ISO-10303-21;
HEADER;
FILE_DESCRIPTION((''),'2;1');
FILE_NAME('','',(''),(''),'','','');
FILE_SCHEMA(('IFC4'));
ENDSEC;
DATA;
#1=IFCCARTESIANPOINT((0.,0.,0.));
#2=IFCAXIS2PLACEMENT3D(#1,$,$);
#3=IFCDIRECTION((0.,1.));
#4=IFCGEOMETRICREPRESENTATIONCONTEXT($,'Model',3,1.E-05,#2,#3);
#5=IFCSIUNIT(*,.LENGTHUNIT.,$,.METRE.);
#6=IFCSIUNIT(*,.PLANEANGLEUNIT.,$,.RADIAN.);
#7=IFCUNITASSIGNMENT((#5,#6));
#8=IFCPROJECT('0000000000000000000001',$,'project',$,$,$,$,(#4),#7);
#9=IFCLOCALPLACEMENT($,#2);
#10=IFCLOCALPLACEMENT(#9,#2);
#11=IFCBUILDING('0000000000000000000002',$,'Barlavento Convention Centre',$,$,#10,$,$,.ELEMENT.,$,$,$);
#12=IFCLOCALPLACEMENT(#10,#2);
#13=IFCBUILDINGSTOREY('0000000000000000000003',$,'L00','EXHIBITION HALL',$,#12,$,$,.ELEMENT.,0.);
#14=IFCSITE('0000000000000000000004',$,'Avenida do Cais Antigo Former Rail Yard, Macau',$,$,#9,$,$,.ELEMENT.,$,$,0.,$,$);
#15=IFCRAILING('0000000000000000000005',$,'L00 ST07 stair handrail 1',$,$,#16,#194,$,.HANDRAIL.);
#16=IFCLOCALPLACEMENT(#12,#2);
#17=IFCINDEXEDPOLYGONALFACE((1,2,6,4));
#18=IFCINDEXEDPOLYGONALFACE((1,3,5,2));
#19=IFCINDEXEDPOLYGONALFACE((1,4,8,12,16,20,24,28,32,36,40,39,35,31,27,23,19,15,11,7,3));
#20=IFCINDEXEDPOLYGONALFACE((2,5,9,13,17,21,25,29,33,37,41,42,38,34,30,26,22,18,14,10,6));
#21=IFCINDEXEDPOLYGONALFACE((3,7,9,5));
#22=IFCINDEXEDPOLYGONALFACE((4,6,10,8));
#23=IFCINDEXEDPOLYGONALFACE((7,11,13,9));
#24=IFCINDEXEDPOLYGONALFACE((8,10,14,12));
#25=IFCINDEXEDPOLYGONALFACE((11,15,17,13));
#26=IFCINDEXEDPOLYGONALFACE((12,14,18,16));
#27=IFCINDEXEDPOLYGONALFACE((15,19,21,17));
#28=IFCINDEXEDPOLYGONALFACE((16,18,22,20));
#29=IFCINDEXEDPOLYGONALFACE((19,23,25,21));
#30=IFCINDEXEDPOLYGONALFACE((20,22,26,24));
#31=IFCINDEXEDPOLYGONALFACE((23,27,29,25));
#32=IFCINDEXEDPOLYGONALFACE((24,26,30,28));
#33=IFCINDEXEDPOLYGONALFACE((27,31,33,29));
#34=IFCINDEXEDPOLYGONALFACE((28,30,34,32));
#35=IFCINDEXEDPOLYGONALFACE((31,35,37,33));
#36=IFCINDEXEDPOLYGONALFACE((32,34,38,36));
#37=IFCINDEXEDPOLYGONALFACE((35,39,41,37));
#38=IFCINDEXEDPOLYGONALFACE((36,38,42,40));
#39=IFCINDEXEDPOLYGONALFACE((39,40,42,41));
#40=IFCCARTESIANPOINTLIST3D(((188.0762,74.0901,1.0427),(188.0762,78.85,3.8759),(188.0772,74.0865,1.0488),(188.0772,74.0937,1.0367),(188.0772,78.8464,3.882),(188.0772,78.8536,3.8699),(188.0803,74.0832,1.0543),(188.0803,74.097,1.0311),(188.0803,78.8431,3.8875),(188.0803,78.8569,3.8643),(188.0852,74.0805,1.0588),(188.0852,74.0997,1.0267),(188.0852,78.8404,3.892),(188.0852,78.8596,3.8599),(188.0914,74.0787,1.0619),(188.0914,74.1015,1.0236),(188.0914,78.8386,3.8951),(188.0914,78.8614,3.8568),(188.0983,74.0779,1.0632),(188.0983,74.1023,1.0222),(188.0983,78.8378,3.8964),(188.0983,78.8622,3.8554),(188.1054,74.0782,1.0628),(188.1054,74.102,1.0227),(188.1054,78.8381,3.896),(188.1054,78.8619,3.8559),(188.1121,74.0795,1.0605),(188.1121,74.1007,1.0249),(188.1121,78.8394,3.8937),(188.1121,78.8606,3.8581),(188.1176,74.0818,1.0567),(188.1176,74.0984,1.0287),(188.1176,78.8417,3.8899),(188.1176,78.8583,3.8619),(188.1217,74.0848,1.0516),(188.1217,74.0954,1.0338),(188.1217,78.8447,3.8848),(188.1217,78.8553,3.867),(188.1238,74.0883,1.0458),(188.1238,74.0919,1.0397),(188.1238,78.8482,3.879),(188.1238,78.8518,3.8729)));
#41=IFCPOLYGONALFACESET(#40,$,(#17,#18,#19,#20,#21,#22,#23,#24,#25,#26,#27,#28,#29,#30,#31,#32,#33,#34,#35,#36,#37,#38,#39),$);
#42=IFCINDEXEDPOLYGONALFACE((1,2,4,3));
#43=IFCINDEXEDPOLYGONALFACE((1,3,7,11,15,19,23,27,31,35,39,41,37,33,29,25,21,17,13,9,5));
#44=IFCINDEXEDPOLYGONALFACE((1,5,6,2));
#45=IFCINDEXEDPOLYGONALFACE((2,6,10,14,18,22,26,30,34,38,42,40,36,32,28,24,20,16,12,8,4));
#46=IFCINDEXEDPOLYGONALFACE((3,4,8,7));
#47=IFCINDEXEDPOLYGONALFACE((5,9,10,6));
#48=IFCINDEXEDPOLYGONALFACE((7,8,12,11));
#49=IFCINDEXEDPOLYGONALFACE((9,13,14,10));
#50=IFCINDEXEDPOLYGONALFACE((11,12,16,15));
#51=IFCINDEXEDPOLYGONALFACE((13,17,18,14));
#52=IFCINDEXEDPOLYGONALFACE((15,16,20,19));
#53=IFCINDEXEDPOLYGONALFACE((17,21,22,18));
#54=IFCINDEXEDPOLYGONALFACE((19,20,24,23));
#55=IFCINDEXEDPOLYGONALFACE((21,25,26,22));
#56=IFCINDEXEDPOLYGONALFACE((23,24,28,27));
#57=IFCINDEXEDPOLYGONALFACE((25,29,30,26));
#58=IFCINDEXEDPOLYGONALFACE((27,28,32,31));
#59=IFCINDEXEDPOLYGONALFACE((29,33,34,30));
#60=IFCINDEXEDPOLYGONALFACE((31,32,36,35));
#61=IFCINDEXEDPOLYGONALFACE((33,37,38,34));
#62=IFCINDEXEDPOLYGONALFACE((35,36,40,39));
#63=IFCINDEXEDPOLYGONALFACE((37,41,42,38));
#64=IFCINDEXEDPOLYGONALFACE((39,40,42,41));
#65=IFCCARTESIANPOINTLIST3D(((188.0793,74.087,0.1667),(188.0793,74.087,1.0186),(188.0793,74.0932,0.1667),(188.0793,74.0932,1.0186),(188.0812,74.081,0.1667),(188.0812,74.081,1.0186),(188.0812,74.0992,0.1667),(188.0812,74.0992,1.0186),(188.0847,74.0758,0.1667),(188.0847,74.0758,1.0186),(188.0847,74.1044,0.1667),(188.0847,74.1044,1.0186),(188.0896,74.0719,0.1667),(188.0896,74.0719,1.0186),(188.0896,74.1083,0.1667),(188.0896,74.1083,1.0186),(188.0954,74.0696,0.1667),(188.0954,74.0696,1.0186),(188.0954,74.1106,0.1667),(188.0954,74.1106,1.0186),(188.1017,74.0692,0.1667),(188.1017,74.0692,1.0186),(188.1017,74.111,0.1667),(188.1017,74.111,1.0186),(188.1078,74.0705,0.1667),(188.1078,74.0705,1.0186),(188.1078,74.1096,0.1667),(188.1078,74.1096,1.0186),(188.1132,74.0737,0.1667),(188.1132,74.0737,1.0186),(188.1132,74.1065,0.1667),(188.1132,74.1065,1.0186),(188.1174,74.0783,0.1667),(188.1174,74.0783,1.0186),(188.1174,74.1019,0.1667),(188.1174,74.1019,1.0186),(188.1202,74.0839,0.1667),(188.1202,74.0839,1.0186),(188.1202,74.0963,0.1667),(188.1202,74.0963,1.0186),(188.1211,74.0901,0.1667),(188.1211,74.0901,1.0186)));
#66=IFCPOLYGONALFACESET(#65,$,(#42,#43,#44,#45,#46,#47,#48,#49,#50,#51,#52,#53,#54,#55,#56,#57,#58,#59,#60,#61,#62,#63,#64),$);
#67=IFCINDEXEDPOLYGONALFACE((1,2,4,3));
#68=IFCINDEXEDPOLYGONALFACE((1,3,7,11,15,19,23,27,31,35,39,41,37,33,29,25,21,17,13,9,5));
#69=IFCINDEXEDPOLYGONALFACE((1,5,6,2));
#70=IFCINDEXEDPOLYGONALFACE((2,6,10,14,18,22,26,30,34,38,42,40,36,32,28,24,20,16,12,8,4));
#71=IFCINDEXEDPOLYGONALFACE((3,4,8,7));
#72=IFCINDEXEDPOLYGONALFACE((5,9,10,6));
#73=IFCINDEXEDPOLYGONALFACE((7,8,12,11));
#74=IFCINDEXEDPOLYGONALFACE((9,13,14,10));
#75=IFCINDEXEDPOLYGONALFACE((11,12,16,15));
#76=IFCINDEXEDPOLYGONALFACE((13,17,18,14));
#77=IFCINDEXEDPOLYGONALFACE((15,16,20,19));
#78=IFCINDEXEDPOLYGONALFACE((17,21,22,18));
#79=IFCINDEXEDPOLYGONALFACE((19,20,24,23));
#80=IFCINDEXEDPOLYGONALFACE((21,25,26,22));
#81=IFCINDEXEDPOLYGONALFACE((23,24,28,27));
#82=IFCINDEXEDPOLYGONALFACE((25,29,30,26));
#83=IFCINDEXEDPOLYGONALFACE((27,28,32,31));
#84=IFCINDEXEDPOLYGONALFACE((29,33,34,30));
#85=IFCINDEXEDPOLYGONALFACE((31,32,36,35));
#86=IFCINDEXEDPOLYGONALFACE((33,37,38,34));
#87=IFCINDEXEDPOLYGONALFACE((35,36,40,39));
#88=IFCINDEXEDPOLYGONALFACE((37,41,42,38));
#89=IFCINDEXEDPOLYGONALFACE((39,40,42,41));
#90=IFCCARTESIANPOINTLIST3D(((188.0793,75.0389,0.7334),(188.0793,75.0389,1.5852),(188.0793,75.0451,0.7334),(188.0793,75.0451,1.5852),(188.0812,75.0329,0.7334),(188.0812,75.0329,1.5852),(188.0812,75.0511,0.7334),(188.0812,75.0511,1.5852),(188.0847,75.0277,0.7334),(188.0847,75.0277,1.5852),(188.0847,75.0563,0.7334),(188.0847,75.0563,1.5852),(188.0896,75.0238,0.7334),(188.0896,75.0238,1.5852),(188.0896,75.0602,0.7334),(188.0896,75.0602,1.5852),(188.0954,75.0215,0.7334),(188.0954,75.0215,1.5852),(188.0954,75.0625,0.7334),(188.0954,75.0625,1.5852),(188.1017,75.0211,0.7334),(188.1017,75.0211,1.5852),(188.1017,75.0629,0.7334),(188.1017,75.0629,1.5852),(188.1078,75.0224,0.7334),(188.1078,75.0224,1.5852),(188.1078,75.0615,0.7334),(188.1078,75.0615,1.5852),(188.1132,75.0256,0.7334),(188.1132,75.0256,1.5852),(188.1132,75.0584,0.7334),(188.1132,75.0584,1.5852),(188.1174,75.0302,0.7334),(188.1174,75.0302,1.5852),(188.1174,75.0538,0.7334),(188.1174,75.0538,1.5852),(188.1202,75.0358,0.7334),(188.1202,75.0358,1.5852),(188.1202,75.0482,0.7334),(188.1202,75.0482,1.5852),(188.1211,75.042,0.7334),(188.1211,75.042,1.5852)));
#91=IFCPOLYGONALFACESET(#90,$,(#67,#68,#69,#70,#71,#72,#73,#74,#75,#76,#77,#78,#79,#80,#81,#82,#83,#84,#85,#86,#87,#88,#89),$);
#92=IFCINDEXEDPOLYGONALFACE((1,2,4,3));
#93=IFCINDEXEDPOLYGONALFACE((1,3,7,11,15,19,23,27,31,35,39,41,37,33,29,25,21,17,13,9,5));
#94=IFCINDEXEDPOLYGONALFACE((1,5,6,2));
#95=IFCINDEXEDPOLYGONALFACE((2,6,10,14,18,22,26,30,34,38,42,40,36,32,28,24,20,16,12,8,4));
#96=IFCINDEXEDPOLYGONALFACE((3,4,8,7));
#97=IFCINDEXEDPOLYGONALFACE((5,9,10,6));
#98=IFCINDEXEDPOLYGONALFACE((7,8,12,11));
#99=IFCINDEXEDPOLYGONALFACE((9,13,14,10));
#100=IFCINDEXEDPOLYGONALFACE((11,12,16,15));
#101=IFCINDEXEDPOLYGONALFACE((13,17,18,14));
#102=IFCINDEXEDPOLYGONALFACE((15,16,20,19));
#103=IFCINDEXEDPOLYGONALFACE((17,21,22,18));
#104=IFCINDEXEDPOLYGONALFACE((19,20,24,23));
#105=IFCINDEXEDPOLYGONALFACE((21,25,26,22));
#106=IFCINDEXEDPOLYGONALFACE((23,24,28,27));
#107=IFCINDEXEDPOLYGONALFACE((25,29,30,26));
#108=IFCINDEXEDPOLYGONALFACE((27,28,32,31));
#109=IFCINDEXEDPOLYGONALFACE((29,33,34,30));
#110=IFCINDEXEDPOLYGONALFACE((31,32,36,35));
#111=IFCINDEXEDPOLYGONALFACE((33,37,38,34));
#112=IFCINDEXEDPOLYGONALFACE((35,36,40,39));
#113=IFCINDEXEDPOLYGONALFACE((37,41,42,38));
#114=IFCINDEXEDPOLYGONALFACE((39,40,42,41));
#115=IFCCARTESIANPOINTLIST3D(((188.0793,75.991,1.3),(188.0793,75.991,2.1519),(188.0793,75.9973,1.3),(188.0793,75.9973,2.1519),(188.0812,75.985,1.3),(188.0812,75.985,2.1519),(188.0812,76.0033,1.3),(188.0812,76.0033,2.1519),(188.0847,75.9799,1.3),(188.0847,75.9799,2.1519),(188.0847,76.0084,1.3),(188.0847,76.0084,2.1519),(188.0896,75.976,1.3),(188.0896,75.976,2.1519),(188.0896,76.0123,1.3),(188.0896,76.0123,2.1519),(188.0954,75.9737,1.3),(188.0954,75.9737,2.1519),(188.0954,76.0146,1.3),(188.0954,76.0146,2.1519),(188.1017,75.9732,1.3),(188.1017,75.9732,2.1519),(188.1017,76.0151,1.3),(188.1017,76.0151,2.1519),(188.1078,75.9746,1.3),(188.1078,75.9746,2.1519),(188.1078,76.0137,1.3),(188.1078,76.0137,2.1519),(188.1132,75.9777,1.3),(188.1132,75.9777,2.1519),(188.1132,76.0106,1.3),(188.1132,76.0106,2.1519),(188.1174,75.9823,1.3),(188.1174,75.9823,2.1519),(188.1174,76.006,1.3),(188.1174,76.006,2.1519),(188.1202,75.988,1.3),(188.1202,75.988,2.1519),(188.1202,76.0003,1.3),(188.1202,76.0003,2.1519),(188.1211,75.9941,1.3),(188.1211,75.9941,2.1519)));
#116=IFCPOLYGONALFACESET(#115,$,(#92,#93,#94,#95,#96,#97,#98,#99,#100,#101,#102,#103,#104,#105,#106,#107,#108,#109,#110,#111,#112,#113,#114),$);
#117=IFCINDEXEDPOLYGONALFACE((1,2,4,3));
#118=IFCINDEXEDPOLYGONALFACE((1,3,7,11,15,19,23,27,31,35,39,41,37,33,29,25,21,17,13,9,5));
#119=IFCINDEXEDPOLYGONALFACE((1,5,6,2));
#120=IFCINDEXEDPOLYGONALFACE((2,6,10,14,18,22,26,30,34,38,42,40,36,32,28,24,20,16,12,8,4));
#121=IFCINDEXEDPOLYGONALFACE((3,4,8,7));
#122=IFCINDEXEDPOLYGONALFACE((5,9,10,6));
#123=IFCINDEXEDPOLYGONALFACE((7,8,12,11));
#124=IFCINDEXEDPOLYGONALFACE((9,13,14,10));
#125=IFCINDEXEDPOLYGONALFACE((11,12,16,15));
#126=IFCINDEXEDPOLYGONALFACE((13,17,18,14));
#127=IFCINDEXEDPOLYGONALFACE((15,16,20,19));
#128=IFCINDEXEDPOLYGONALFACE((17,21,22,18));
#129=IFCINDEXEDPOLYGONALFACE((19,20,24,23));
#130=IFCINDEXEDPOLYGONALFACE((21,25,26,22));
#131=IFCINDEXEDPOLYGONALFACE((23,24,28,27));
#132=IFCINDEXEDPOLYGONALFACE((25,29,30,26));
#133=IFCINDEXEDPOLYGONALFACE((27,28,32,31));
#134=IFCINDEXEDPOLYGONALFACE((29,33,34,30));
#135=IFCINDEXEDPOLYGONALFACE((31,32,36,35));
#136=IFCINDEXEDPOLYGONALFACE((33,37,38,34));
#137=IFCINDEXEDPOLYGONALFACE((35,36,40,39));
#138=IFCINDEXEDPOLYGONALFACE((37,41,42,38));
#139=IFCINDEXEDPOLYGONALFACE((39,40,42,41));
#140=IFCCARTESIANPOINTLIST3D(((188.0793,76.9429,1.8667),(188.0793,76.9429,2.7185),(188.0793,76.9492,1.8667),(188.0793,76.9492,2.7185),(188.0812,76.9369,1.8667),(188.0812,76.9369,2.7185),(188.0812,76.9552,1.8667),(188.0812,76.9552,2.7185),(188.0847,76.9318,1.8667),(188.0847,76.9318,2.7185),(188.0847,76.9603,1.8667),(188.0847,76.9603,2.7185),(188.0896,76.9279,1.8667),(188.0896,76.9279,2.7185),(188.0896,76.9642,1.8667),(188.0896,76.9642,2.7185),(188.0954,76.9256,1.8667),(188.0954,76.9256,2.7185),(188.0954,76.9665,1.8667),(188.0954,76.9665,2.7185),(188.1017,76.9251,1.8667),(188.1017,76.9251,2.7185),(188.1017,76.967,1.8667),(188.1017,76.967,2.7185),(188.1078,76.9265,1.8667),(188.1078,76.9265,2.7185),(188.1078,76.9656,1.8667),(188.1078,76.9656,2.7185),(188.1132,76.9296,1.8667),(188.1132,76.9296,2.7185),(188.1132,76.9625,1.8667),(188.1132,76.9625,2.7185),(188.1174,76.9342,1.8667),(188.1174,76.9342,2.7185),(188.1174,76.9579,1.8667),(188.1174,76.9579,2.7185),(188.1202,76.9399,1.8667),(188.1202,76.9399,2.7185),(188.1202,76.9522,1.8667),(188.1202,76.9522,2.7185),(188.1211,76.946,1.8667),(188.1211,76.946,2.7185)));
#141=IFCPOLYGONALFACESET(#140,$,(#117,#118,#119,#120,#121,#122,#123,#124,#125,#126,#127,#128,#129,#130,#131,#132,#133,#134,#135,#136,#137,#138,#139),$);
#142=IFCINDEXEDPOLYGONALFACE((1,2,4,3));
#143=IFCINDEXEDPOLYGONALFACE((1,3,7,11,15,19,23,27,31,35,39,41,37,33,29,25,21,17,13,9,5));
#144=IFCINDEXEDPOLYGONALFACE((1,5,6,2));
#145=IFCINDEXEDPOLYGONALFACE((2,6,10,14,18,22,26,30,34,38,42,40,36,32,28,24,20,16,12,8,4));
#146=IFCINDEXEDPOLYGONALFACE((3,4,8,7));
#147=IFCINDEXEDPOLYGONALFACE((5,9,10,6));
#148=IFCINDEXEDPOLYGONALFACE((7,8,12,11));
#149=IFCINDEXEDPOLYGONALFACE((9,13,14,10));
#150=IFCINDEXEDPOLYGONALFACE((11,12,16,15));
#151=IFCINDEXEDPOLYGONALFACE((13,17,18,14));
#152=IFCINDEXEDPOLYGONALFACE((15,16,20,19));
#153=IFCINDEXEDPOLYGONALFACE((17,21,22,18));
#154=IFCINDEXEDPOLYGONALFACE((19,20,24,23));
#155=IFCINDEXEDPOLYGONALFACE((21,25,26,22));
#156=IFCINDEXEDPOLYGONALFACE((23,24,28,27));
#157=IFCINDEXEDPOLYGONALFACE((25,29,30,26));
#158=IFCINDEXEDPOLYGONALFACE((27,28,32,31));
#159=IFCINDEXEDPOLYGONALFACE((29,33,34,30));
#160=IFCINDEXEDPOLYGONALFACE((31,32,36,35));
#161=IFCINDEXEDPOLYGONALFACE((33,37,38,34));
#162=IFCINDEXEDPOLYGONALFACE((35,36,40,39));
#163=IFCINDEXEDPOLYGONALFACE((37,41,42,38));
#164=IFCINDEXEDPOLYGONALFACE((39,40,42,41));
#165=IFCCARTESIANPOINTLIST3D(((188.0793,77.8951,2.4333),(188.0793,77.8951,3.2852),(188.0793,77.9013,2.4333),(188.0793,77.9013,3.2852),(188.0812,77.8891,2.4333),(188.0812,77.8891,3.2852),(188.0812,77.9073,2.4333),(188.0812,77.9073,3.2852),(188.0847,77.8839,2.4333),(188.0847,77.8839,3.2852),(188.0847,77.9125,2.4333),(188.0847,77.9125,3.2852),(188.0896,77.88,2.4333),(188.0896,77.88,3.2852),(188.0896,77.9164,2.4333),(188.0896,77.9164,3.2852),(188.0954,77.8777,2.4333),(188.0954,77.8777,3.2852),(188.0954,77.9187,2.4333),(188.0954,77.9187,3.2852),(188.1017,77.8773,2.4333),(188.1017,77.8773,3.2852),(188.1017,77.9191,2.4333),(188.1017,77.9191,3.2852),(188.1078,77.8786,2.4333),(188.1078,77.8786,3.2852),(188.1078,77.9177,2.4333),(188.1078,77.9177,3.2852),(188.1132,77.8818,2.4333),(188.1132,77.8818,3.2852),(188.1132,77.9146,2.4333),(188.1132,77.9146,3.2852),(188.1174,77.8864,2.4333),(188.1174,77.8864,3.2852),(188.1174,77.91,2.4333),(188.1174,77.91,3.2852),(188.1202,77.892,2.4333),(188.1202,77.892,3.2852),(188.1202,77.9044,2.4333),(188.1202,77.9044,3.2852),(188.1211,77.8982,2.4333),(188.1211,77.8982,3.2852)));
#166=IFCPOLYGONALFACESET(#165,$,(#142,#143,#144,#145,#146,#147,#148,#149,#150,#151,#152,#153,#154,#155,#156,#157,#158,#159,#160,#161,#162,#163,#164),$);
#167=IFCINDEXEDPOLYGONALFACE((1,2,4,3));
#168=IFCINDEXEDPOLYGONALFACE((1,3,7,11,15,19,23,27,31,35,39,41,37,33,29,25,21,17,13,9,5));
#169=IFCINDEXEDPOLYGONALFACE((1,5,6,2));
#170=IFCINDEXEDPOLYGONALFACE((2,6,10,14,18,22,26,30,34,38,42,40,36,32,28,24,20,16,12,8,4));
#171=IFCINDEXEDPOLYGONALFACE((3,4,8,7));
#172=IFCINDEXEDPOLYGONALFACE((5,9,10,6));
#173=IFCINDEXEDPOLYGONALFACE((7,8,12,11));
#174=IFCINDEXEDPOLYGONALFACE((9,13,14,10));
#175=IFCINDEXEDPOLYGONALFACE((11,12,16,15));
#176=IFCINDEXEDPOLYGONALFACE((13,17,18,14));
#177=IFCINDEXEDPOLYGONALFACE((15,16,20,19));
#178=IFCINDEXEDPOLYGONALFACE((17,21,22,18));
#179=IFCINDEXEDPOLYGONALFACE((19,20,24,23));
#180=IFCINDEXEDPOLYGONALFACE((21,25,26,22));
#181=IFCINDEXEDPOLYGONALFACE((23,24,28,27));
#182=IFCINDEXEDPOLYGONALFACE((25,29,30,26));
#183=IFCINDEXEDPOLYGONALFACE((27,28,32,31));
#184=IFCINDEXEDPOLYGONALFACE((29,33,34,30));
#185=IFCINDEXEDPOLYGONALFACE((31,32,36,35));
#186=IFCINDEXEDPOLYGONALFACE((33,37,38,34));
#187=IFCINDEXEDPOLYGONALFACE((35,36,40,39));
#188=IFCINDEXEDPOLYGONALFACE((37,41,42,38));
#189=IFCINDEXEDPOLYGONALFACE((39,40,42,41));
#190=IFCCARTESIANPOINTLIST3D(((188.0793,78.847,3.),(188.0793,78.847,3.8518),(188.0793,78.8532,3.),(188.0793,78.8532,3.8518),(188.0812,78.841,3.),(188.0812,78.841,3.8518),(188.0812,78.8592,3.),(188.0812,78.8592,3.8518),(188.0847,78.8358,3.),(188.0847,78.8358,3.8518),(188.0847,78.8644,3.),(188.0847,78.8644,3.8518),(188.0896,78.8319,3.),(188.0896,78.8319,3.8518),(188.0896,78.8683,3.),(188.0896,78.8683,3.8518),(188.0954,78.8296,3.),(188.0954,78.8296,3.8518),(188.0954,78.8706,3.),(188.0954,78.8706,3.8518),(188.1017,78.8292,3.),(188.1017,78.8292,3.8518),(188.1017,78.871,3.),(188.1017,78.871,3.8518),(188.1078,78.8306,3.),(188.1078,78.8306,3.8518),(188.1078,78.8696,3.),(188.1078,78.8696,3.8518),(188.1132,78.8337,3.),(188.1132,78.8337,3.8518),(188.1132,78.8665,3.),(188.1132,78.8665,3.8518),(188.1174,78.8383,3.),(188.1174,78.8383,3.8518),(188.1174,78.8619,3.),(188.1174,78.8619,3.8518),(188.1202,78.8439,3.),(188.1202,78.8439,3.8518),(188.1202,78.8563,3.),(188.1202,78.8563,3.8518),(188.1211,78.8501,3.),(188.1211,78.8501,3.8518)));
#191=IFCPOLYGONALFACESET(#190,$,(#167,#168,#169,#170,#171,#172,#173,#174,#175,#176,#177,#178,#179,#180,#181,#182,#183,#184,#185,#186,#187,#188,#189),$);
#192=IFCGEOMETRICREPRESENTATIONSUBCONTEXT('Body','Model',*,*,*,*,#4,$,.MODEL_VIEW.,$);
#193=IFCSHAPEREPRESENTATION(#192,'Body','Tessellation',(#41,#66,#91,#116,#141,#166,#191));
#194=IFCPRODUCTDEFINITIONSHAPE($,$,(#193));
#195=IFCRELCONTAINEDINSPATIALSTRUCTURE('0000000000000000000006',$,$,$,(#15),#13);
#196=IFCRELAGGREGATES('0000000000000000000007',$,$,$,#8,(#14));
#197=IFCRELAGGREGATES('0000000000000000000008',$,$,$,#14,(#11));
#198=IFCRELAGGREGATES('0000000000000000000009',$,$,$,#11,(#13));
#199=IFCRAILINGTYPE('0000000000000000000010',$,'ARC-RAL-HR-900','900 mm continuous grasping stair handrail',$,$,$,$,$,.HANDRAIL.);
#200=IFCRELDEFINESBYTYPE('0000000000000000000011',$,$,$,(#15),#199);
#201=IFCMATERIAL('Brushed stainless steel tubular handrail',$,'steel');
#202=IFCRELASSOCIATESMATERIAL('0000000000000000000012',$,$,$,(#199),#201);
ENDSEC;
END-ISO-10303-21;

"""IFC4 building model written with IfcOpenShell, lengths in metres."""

from ifc_helpers import new_model, si_unit, direction, frame, origin, origin_2d, place, context, subcontext, project, spatial, circle, extrude, material, type_object, element, save


model = new_model("IFC4")

# Units and contexts
model_context = context("Model", 3, precision=1e-05, world=origin(), true_north=direction((0.0, 1.0)))
body_context = subcontext(model_context, "Body", "Model", "MODEL_VIEW")
ifc_project = project(units=[si_unit("LENGTHUNIT", "METRE"), si_unit("PLANEANGLEUNIT", "RADIAN")], contexts=[model_context])

# Site, building, storey
site_placement = place(None, origin())
site = spatial("IfcSite", under=ifc_project, at=site_placement, Name="Avenida do Cais Antigo Former Rail Yard, Macau", CompositionType="ELEMENT", RefElevation=0.0)
building_placement = place(site_placement, origin())
building = spatial("IfcBuilding", under=site, at=building_placement, Name="Barlavento Convention Centre", CompositionType="ELEMENT")
storey_placement = place(building_placement, origin())
storey = spatial("IfcBuildingStorey", under=building, at=storey_placement, Name="L00", Description="EXHIBITION HALL", CompositionType="ELEMENT", Elevation=0.0)

# Railing
ifc_material_1 = material(Name="Brushed stainless steel tubular handrail", Category="steel")
railing_type_1 = type_object("IfcRailingType", Name="ARC-RAL-HR-900", Description="900 mm continuous grasping stair handrail", PredefinedType="HANDRAIL", material=ifc_material_1)
railing_1_placement = place(storey_placement, frame((188.1001, 74.0901, 0.1667)))
element("IfcRailing", 1, at=railing_1_placement, inside=storey, type_object=railing_type_1, Name="L00 ST07 stair handrail 1", PredefinedType="HANDRAIL", context=body_context, shape_type="SweptSolid", body=[
    extrude(circle(Radius=0.0239, at=origin_2d()), frame((0.0, 0.0, 0.876), z_axis=(0.0, 0.8593, 0.511472), x_axis=(-1.0, 0.0, 0.0)), (0.0, 0.0, 1.0), 5.5393),
    extrude(circle(Radius=0.021, at=origin_2d()), origin(), (0.0, 0.0, 1.0), 0.8518),
    extrude(circle(Radius=0.021, at=origin_2d()), frame((0.0, 0.9519, 0.5667)), (0.0, 0.0, 1.0), 0.8518),
    extrude(circle(Radius=0.021, at=origin_2d()), frame((0.0, 1.9041, 1.1333)), (0.0, 0.0, 1.0), 0.8518),
    extrude(circle(Radius=0.021, at=origin_2d()), frame((0.0, 2.856, 1.7)), (0.0, 0.0, 1.0), 0.8518),
    extrude(circle(Radius=0.021, at=origin_2d()), frame((0.0, 3.8081, 2.2666)), (0.0, 0.0, 1.0), 0.8518),
    extrude(circle(Radius=0.021, at=origin_2d()), frame((0.0, 4.76, 2.8333)), (0.0, 0.0, 1.0), 0.8518),
])

save(model, "model.ifc")
